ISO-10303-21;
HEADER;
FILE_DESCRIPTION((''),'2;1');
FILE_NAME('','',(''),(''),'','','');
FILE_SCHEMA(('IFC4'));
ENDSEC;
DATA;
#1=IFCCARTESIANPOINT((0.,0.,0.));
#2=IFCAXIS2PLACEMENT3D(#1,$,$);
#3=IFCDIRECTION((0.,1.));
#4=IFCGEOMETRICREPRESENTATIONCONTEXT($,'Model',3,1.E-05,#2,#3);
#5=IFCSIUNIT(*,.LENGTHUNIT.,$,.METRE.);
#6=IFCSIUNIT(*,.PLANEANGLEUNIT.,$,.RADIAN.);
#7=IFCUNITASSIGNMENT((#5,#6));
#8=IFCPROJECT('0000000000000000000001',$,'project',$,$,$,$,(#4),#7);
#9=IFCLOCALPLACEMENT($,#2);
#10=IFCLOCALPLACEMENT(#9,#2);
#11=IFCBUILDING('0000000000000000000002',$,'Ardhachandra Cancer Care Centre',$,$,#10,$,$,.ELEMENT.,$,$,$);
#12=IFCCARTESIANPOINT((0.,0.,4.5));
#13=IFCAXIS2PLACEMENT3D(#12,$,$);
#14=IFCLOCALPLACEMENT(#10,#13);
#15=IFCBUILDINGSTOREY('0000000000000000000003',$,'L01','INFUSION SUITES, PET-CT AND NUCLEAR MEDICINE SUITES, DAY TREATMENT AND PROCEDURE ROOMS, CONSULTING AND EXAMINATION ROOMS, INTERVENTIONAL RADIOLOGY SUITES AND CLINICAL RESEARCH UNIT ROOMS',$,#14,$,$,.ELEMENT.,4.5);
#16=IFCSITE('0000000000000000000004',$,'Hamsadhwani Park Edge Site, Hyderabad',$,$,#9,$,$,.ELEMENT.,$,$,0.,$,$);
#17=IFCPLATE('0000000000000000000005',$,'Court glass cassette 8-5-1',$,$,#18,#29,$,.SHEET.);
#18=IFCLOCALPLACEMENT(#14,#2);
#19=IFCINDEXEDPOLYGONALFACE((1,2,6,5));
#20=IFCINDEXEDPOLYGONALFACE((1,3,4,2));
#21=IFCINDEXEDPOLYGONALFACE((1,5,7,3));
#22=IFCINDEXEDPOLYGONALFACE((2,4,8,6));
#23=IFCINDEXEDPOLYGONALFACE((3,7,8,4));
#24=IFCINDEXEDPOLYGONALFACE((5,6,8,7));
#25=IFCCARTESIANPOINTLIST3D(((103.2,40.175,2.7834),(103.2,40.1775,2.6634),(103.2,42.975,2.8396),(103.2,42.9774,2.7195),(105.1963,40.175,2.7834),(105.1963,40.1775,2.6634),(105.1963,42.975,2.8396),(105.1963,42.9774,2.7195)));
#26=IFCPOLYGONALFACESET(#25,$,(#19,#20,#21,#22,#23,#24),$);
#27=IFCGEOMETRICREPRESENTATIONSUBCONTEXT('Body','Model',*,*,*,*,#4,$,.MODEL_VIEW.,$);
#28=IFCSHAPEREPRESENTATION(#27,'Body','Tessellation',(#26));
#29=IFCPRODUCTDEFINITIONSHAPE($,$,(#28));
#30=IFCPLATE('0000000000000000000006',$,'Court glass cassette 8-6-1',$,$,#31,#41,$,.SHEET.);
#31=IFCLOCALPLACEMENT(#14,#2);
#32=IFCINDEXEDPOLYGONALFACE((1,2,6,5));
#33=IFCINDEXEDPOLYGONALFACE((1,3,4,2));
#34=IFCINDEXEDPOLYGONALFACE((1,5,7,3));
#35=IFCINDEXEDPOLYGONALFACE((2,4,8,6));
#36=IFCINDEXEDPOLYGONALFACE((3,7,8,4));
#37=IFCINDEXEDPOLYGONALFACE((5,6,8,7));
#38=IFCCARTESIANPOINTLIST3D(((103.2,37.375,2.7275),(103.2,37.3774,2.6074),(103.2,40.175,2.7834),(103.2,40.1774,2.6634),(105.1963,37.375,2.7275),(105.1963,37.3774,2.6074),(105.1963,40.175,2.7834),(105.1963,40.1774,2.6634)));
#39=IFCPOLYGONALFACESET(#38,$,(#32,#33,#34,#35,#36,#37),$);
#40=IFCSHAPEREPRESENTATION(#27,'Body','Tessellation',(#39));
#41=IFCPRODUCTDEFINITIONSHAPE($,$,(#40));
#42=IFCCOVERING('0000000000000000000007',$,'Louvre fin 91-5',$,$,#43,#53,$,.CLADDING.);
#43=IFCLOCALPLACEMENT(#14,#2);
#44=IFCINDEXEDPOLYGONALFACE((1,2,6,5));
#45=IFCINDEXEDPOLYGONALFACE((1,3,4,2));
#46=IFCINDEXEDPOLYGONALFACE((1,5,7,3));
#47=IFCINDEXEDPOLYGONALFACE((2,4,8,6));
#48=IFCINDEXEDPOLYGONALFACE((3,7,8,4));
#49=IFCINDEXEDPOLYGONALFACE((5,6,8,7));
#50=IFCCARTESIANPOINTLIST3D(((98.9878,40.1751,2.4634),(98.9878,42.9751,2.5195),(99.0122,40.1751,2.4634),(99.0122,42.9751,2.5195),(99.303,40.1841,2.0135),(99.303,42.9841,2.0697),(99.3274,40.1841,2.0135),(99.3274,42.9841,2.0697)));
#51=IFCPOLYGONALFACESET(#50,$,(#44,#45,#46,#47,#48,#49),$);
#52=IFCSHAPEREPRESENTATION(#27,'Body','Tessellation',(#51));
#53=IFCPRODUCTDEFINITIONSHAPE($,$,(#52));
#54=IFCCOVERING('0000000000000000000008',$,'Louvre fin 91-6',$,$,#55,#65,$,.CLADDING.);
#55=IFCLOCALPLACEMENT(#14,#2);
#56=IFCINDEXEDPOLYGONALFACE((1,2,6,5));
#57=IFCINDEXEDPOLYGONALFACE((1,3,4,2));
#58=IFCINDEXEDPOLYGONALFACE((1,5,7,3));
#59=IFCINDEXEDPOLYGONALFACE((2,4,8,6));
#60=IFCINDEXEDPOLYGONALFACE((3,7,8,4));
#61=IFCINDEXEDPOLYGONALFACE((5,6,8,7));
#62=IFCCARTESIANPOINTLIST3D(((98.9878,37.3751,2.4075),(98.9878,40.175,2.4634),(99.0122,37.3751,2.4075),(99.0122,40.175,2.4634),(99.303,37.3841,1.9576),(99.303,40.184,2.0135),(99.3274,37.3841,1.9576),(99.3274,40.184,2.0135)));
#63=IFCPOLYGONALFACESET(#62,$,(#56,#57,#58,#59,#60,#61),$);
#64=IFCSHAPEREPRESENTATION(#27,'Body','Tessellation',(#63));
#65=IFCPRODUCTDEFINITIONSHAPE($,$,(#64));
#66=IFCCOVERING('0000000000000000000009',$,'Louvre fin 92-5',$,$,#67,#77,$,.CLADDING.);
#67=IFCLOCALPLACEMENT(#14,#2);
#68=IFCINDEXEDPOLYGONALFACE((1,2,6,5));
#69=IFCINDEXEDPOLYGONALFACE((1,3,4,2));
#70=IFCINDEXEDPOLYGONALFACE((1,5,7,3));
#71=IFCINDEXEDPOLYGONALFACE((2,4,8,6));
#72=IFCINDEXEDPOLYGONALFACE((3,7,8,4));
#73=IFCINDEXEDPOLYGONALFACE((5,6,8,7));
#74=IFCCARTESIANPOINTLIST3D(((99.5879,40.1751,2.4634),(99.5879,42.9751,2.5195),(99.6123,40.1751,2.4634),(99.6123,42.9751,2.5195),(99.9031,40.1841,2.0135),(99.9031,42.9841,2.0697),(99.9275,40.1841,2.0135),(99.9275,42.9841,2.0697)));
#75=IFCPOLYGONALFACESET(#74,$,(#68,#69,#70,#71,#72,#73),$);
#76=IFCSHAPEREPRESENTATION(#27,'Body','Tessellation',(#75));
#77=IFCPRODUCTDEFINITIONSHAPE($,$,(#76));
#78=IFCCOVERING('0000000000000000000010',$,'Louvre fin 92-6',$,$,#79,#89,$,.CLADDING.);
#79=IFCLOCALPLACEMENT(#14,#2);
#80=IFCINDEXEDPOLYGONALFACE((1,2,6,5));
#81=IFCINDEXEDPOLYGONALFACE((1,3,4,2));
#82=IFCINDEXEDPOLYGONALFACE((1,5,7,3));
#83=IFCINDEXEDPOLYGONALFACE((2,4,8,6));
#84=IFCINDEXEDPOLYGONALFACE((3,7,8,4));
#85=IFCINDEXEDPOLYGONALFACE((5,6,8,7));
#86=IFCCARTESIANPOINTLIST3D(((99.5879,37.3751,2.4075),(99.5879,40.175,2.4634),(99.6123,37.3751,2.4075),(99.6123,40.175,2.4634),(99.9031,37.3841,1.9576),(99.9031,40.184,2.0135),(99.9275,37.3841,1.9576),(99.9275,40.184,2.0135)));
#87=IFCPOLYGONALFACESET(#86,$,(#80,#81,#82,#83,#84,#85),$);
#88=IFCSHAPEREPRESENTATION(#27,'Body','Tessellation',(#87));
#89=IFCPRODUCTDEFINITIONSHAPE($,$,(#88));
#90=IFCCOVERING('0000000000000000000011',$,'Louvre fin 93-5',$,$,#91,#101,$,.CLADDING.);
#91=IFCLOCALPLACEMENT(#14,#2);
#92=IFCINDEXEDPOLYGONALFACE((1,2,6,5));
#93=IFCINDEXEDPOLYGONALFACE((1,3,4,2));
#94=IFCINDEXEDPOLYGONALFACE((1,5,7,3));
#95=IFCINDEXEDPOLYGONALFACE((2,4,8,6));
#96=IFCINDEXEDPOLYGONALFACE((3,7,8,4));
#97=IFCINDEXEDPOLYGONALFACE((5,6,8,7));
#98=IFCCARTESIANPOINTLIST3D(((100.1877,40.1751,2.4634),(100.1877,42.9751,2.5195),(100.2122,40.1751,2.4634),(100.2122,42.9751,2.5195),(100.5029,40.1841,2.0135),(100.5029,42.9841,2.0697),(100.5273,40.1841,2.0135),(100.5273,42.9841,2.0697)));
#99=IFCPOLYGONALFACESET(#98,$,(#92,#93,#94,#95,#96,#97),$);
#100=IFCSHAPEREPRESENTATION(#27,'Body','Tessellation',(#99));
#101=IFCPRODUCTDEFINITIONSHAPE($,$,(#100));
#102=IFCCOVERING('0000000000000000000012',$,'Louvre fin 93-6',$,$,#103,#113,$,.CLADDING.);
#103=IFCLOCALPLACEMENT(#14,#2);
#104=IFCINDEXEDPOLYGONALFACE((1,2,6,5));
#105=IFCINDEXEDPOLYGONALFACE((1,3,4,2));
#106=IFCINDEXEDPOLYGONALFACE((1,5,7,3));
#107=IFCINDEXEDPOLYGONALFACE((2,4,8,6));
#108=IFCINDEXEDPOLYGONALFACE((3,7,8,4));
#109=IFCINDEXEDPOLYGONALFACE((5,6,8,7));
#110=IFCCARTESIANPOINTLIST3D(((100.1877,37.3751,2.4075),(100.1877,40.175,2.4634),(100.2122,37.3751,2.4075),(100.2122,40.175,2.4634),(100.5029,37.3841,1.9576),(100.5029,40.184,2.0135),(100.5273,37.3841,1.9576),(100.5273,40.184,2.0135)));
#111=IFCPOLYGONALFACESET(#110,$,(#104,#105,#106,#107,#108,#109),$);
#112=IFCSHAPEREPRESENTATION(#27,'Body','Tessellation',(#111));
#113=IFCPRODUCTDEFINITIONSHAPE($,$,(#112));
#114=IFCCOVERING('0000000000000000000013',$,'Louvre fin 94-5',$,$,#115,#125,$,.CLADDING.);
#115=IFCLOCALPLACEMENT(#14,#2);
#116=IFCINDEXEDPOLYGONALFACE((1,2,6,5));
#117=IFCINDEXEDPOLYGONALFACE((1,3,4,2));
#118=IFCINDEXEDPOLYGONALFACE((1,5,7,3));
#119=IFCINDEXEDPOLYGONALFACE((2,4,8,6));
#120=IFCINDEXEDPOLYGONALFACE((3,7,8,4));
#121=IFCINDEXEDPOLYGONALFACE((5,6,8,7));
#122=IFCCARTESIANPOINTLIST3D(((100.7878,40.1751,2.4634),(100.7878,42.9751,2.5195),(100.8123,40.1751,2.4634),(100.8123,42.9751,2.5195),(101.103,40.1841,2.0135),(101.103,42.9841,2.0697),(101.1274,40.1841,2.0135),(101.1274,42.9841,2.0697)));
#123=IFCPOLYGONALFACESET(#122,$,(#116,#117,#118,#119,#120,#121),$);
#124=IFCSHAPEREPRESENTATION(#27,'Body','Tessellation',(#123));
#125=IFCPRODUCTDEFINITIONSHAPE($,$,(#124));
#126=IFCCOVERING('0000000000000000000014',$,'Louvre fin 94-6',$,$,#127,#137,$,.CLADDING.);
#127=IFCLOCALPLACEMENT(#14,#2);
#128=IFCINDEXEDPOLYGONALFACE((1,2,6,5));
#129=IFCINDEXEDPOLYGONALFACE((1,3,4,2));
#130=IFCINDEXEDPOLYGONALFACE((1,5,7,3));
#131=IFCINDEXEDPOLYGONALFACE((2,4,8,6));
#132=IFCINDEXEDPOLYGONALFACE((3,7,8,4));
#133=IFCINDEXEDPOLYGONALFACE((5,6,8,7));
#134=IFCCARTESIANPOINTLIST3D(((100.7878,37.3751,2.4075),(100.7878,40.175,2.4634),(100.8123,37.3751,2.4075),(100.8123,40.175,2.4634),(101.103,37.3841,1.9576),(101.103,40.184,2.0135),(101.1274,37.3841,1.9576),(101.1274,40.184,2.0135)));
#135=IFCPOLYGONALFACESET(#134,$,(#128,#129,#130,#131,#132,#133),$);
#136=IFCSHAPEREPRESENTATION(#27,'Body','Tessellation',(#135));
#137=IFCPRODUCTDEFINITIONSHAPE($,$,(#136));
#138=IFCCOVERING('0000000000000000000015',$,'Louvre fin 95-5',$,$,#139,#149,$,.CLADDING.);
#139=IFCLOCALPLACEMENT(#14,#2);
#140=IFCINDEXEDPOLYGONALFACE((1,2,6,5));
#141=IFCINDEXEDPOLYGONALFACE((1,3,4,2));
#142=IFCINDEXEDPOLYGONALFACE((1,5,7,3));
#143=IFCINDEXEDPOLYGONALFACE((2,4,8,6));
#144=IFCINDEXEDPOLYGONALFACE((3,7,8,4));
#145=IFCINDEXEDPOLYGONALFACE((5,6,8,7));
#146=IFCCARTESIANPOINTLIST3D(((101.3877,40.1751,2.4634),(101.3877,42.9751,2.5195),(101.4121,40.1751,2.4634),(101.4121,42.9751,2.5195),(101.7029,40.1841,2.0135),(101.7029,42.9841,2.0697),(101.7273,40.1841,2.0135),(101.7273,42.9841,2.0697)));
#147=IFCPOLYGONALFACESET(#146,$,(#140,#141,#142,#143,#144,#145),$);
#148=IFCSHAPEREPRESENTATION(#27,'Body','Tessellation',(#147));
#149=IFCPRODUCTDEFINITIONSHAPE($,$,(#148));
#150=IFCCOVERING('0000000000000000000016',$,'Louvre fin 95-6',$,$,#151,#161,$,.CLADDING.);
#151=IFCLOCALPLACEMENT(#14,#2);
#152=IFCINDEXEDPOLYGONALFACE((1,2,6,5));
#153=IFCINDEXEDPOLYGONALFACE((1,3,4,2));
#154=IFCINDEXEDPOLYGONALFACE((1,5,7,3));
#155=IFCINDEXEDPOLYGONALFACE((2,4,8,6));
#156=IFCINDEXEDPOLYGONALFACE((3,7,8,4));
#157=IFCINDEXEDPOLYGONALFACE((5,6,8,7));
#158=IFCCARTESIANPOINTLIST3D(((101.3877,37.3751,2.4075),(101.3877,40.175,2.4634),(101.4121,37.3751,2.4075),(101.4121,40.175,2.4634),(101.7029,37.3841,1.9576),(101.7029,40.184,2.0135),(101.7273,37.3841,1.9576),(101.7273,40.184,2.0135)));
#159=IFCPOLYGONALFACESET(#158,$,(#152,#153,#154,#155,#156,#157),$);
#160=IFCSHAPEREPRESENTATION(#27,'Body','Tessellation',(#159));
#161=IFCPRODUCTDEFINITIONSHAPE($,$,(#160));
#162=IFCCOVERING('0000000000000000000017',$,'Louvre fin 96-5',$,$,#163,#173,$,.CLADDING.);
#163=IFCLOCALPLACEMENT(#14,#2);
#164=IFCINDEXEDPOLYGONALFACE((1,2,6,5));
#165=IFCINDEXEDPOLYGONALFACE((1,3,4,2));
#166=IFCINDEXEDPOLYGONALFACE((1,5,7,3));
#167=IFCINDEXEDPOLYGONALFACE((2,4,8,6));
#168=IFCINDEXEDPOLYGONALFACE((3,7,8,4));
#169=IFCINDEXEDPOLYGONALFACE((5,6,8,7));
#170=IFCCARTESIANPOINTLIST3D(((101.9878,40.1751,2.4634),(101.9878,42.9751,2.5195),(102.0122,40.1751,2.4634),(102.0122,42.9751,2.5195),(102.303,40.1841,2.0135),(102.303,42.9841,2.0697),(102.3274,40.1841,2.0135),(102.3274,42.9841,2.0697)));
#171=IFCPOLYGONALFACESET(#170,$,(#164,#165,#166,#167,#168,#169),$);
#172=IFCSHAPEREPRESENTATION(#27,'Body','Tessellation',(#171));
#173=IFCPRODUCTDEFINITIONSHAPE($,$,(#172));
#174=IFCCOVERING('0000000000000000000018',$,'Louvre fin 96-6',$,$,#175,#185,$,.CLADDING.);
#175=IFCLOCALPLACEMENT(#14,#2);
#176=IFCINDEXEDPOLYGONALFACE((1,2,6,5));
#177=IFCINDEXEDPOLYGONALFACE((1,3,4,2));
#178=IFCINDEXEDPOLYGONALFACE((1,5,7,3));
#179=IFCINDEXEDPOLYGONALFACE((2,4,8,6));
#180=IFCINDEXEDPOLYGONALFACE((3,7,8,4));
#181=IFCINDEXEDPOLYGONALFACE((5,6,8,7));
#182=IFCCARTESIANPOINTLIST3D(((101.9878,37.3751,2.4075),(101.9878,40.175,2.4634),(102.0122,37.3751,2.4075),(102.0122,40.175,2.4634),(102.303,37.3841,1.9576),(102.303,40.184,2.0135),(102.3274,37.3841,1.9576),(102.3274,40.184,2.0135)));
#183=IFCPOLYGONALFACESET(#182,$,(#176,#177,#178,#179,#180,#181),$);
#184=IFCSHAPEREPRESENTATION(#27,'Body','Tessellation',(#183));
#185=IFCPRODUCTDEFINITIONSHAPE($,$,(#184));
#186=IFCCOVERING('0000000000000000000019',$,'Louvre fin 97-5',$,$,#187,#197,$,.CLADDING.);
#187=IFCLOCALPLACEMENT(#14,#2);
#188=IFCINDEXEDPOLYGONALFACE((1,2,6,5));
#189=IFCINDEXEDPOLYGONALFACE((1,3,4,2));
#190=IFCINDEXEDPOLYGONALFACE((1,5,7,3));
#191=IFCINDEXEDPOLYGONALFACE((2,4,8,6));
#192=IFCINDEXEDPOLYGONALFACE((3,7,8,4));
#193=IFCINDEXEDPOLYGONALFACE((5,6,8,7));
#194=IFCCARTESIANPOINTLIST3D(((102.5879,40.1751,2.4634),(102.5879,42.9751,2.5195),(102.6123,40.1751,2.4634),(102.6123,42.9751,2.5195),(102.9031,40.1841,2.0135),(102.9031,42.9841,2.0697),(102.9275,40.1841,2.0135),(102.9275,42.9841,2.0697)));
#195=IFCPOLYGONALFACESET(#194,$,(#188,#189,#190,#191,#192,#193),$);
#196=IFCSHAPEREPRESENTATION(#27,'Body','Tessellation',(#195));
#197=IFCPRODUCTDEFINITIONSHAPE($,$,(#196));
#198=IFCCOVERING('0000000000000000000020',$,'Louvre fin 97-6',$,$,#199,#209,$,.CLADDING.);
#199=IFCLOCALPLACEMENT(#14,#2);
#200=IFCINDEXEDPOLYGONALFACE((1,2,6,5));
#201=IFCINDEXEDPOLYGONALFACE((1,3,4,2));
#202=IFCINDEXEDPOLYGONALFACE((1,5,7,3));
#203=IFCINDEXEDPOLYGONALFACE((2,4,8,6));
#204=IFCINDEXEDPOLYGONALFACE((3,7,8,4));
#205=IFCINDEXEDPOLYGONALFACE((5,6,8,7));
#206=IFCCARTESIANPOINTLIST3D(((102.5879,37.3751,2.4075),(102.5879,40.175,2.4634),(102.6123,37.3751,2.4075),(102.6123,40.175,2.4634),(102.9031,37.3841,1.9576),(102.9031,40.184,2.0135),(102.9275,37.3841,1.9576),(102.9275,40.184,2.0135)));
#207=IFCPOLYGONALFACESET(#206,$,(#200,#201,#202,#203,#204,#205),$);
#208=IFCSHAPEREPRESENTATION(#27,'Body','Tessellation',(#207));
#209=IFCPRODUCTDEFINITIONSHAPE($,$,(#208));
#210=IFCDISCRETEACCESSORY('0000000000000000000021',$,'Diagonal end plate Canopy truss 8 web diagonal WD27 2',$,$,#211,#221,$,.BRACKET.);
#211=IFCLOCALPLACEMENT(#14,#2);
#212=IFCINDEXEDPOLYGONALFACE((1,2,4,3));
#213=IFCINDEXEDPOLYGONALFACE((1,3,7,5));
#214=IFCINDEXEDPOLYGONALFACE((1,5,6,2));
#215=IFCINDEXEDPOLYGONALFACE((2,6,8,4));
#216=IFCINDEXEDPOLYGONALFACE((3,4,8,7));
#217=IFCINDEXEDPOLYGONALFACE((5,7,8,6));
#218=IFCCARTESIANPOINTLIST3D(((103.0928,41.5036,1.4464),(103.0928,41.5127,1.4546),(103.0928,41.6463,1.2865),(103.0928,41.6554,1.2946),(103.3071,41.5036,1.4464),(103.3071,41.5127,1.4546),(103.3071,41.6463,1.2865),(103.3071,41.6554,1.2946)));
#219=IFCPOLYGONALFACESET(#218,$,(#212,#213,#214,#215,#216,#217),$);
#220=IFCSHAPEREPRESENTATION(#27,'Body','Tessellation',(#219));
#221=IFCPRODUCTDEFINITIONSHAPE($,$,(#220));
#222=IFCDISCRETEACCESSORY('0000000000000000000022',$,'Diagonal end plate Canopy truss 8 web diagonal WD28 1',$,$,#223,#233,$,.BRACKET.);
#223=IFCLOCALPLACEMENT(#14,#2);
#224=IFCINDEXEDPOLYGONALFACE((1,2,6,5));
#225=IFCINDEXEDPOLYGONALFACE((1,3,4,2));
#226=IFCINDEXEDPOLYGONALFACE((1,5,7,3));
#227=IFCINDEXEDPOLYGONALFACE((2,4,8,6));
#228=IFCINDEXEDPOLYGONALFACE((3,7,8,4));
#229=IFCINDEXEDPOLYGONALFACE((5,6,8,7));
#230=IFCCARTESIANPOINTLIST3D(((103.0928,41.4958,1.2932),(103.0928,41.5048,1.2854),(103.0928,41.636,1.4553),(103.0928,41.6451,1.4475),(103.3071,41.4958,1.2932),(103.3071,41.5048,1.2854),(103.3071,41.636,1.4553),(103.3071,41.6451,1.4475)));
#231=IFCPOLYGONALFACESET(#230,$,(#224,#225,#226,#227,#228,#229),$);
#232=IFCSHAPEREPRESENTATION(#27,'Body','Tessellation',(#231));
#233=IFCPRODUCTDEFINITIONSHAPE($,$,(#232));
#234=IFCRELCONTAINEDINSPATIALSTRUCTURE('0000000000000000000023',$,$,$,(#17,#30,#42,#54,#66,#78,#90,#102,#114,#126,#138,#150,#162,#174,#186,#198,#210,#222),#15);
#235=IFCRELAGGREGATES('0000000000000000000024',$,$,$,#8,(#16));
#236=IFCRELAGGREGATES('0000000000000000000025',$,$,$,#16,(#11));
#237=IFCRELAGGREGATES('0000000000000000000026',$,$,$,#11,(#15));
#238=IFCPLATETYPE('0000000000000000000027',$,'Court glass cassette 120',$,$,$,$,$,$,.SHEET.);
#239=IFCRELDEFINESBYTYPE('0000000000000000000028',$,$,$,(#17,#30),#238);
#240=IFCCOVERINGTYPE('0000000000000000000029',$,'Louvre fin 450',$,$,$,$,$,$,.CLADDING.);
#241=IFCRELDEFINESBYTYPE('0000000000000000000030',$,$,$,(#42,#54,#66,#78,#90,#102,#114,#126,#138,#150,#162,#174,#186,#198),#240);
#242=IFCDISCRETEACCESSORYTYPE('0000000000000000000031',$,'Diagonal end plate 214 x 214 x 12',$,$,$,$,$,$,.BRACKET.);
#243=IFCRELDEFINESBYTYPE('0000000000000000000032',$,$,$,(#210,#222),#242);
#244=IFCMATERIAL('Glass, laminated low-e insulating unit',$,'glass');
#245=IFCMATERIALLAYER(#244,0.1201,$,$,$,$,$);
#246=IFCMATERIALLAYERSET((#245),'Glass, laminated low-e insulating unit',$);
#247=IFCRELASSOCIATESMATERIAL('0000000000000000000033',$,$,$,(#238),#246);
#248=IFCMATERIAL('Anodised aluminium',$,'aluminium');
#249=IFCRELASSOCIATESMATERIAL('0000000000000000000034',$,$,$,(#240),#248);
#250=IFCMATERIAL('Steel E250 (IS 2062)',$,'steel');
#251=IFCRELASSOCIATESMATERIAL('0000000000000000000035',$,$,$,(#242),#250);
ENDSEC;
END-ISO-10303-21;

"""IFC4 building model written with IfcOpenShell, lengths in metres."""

from ifc_helpers import new_model, si_unit, direction, frame, origin, origin_2d, place, context, subcontext, project, spatial, polyline, rectangle, outline, extrude, material, layer, layer_set, material_profile, profile_set, type_object, element, save


model = new_model("IFC4")

# Units and contexts
model_context = context("Model", 3, precision=1e-05, world=origin(), true_north=direction((0.0, 1.0)))
body_context = subcontext(model_context, "Body", "Model", "MODEL_VIEW")
ifc_project = project(units=[si_unit("LENGTHUNIT", "METRE"), si_unit("PLANEANGLEUNIT", "RADIAN")], contexts=[model_context])

# Site, building, storey
site_placement = place(None, origin())
site = spatial("IfcSite", under=ifc_project, at=site_placement, Name="Hamsadhwani Park Edge Site, Hyderabad", CompositionType="ELEMENT", RefElevation=0.0)
building_placement = place(site_placement, origin())
building = spatial("IfcBuilding", under=site, at=building_placement, Name="Ardhachandra Cancer Care Centre", CompositionType="ELEMENT")
storey_placement = place(building_placement, frame((0.0, 0.0, 4.5)))
storey = spatial("IfcBuildingStorey", under=building, at=storey_placement, Name="L01", Description="INFUSION SUITES, PET-CT AND NUCLEAR MEDICINE SUITES, DAY TREATMENT AND PROCEDURE ROOMS, CONSULTING AND EXAMINATION ROOMS, INTERVENTIONAL RADIOLOGY SUITES AND CLINICAL RESEARCH UNIT ROOMS", CompositionType="ELEMENT", Elevation=4.5)

# Plates
ifc_material_1 = material(Name="Glass, laminated low-e insulating unit", Category="glass")
ifc_layer = layer(ifc_material_1, 0.1201)
ifc_layer_set = layer_set([ifc_layer], Name="Glass, laminated low-e insulating unit")
plate_type = type_object("IfcPlateType", Name="Court glass cassette 120", PredefinedType="SHEET", material=ifc_layer_set)
for number, where, z_axis, x_axis, name in (
    (1, (103.2, 40.175, 2.7834), (0.0, -0.02005, 0.999799), (0.0, 0.999799, 0.02005), "Court glass cassette 8-5-1"),
    (2, (103.2, 37.375, 2.7275), (0.0, -0.019963, 0.999801), (0.0, 0.999801, 0.019963), "Court glass cassette 8-6-1"),
):
    element("IfcPlate", number, at=place(storey_placement, frame(where, z_axis=z_axis, x_axis=x_axis)), inside=storey, type_object=plate_type, Name=name, PredefinedType="SHEET", context=body_context, shape_type="SweptSolid", body=[
        extrude(outline(polyline([(0.0, -1.9963), (2.8005, -1.9963), (2.8005, 0.0), (0.0, 0.0), (0.0, -1.9963)])), frame((0.0, 0.0, -0.1201)), (0.0, 0.0, 1.0), 0.1201),
    ])

# Coverings
ifc_material_2 = material(Name="Anodised aluminium", Category="aluminium")
ifc_material_profile_1 = material_profile(ifc_material_2, outline(polyline([(-0.0122, 0.0), (0.0122, 0.0), (0.3274, -0.45), (0.303, -0.45), (-0.0122, 0.0)])), Name="Louvre fin 450")
ifc_profile_set_1 = profile_set([ifc_material_profile_1], Name="Anodised aluminium")
covering_type = type_object("IfcCoveringType", Name="Louvre fin 450", PredefinedType="CLADDING", material=ifc_profile_set_1)
for number, where, z_axis, x_axis, name in (
    (3, (99.0, 42.9751, 2.5195), (0.0, -0.999799, -0.02005), (1.0, 0.0, 0.0), "Louvre fin 91-5"),
    (4, (99.0, 40.175, 2.4634), (0.0, -0.999801, -0.019963), (1.0, 0.0, 0.0), "Louvre fin 91-6"),
    (5, (99.6001, 42.9751, 2.5195), (0.0, -0.999799, -0.02005), (1.0, 0.0, 0.0), "Louvre fin 92-5"),
    (6, (99.6001, 40.175, 2.4634), (0.0, -0.999801, -0.019963), (1.0, 0.0, 0.0), "Louvre fin 92-6"),
    (7, (100.2, 42.9751, 2.5195), (0.0, -0.999799, -0.02005), (1.0, 0.0, 0.0), "Louvre fin 93-5"),
    (8, (100.2, 40.175, 2.4634), (0.0, -0.999801, -0.019963), (1.0, 0.0, 0.0), "Louvre fin 93-6"),
    (9, (100.8, 42.9751, 2.5195), (0.0, -0.999799, -0.02005), (1.0, 0.0, 0.0), "Louvre fin 94-5"),
    (10, (100.8, 40.175, 2.4634), (0.0, -0.999801, -0.019963), (1.0, 0.0, 0.0), "Louvre fin 94-6"),
    (11, (101.3999, 42.9751, 2.5195), (0.0, -0.999799, -0.02005), (1.0, 0.0, 0.0), "Louvre fin 95-5"),
    (12, (101.3999, 40.175, 2.4634), (0.0, -0.999801, -0.019963), (1.0, 0.0, 0.0), "Louvre fin 95-6"),
    (13, (102.0, 42.9751, 2.5195), (0.0, -0.999799, -0.02005), (1.0, 0.0, 0.0), "Louvre fin 96-5"),
    (14, (102.0, 40.175, 2.4634), (0.0, -0.999801, -0.019963), (1.0, 0.0, 0.0), "Louvre fin 96-6"),
    (15, (102.6001, 42.9751, 2.5195), (0.0, -0.999799, -0.02005), (1.0, 0.0, 0.0), "Louvre fin 97-5"),
    (16, (102.6001, 40.175, 2.4634), (0.0, -0.999801, -0.019963), (1.0, 0.0, 0.0), "Louvre fin 97-6"),
):
    element("IfcCovering", number, at=place(storey_placement, frame(where, z_axis=z_axis, x_axis=x_axis)), inside=storey, type_object=covering_type, Name=name, PredefinedType="CLADDING", context=body_context, shape_type="SweptSolid", body=[
        extrude(outline(polyline([(-0.0122, 0.0), (0.0122, 0.0), (0.3274, -0.45), (0.303, -0.45), (-0.0122, 0.0)])), origin(), (0.0, 0.0, 1.0), 2.8005),
    ])

# Discrete accessories
ifc_material_3 = material(Name="Steel E250 (IS 2062)", Category="steel")
ifc_material_profile_2 = material_profile(ifc_material_3, rectangle(XDim=0.2144, YDim=0.2144, at=origin_2d()), Name="PL 214x214x12")
ifc_profile_set_2 = profile_set([ifc_material_profile_2], Name="Steel E250 (IS 2062)")
discrete_accessory_type = type_object("IfcDiscreteAccessoryType", Name="Diagonal end plate 214 x 214 x 12", PredefinedType="BRACKET", material=ifc_profile_set_2)
discrete_accessory_placement = place(storey_placement, frame((103.2, 41.575, 1.3665), z_axis=(0.0, 0.746295, 0.665615), x_axis=(-1.0, 0.0, 0.0)))
element("IfcDiscreteAccessory", 17, at=discrete_accessory_placement, inside=storey, type_object=discrete_accessory_type, Name="Diagonal end plate Canopy truss 8 web diagonal WD27 2", PredefinedType="BRACKET", context=body_context, shape_type="SweptSolid", body=[
    extrude(rectangle(XDim=0.2144, YDim=0.2144, at=origin_2d()), origin(), (0.0, 0.0, 1.0), 0.0122),
])
for number, where, z_axis, x_axis, name in (
    (18, (103.2, 41.575, 1.3665), (0.0, -0.756363, 0.654152), (1.0, 0.0, 0.0), "Diagonal end plate Canopy truss 8 web diagonal WD28 1"),
):
    element("IfcDiscreteAccessory", number, at=place(storey_placement, frame(where, z_axis=z_axis, x_axis=x_axis)), inside=storey, type_object=discrete_accessory_type, Name=name, PredefinedType="BRACKET", context=body_context, shape_type="SweptSolid", body=[
        extrude(rectangle(XDim=0.2144, YDim=0.2144, at=origin_2d()), origin(), (0.0, 0.0, 1.0), 0.012),
    ])

save(model, "model.ifc")
